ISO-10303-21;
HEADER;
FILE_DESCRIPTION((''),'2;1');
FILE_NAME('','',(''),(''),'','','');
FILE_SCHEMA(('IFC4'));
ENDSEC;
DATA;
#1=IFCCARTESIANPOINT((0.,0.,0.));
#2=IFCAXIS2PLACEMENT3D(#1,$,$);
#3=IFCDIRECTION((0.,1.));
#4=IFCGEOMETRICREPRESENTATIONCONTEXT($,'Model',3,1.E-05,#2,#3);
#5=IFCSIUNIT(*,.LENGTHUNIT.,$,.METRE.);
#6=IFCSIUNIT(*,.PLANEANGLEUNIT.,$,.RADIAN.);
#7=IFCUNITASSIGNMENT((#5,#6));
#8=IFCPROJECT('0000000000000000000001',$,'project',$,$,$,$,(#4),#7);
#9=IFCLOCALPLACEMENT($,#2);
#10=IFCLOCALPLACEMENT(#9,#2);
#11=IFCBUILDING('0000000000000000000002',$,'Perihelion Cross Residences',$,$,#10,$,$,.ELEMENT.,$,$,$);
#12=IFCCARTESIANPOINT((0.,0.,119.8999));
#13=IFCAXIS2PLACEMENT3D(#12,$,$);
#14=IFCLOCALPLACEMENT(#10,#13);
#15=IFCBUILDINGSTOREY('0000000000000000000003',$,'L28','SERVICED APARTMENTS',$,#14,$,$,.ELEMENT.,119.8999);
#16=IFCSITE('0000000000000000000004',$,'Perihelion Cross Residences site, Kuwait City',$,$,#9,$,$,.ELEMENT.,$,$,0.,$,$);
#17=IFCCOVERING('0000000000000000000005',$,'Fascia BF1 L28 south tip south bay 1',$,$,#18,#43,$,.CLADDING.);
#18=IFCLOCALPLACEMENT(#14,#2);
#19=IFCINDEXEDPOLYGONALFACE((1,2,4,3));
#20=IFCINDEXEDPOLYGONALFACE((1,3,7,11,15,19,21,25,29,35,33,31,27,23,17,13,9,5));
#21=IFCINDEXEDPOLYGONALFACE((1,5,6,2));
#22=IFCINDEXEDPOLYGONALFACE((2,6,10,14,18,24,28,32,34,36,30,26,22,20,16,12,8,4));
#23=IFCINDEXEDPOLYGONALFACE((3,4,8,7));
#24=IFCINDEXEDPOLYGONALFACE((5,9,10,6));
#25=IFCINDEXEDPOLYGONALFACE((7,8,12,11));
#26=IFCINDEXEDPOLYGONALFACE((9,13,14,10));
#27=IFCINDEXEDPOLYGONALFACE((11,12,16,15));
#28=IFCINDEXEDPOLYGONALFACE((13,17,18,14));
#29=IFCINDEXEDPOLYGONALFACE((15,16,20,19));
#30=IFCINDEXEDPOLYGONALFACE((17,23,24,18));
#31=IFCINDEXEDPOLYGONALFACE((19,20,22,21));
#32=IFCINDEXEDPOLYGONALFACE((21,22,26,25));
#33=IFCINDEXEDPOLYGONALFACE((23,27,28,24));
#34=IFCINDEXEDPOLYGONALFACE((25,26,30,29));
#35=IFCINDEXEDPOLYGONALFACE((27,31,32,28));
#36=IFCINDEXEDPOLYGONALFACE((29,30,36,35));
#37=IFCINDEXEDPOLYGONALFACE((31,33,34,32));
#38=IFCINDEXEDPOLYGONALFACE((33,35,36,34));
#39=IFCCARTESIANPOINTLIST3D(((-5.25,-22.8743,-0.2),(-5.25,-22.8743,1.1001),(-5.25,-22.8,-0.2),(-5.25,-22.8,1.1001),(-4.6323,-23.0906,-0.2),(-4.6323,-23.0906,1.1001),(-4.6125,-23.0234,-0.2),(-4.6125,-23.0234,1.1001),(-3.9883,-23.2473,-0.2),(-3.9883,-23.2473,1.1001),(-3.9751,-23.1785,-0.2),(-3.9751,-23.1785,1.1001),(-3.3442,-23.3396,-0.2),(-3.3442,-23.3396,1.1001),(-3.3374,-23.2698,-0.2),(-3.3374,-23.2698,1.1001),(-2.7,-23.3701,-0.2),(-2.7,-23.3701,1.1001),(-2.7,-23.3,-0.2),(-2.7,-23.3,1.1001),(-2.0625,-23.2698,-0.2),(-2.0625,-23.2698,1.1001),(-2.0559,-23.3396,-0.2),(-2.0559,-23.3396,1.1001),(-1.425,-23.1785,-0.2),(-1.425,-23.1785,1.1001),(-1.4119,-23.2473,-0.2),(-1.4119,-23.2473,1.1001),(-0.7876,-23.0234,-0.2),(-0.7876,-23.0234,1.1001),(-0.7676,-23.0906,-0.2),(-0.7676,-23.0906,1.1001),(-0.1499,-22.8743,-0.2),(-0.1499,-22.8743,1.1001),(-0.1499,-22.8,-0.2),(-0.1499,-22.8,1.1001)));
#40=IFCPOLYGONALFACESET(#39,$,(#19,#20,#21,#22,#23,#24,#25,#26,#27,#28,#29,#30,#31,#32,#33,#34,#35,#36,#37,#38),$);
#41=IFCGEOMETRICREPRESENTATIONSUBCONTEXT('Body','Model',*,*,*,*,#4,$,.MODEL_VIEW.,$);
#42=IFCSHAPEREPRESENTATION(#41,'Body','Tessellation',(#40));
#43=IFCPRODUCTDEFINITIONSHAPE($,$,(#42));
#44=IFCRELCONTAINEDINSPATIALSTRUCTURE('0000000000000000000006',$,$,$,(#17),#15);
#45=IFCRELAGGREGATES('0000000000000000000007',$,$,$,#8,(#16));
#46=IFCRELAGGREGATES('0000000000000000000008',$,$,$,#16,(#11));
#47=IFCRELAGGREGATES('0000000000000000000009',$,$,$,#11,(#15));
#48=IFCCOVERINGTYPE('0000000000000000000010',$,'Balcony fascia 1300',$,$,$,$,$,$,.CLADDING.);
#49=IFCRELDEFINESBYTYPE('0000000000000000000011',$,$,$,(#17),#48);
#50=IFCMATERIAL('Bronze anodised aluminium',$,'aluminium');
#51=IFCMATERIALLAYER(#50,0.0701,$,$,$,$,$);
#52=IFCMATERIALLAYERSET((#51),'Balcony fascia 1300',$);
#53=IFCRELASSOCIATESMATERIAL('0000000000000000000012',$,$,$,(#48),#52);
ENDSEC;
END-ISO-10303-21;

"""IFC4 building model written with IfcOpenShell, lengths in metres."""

from ifc_helpers import new_model, si_unit, direction, frame, origin, place, context, subcontext, project, spatial, polyline, outline, extrude, material, layer, layer_set, type_object, element, save


model = new_model("IFC4")

# Units and contexts
model_context = context("Model", 3, precision=1e-05, world=origin(), true_north=direction((0.0, 1.0)))
body_context = subcontext(model_context, "Body", "Model", "MODEL_VIEW")
ifc_project = project(units=[si_unit("LENGTHUNIT", "METRE"), si_unit("PLANEANGLEUNIT", "RADIAN")], contexts=[model_context])

# Site, building, storey
site_placement = place(None, origin())
site = spatial("IfcSite", under=ifc_project, at=site_placement, Name="Perihelion Cross Residences site, Kuwait City", CompositionType="ELEMENT", RefElevation=0.0)
building_placement = place(site_placement, origin())
building = spatial("IfcBuilding", under=site, at=building_placement, Name="Perihelion Cross Residences", CompositionType="ELEMENT")
storey_placement = place(building_placement, frame((0.0, 0.0, 119.8999)))
storey = spatial("IfcBuildingStorey", under=building, at=storey_placement, Name="L28", Description="SERVICED APARTMENTS", CompositionType="ELEMENT", Elevation=119.8999)

# Covering
ifc_material_1 = material(Name="Bronze anodised aluminium", Category="aluminium")
ifc_layer_1 = layer(ifc_material_1, 0.0701)
ifc_layer_set_1 = layer_set([ifc_layer_1], Name="Balcony fascia 1300")
covering_type = type_object("IfcCoveringType", Name="Balcony fascia 1300", PredefinedType="CLADDING", material=ifc_layer_set_1)
covering_1_placement = place(storey_placement, frame((0.0, 0.0, -0.2)))
element("IfcCovering", 1, at=covering_1_placement, inside=storey, type_object=covering_type, Name="Fascia BF1 L28 south tip south bay 1", PredefinedType="CLADDING", context=body_context, shape_type="SweptSolid", body=[
    extrude(outline(polyline([(-4.6323, -23.0906), (-3.9883, -23.2473), (-3.3442, -23.3396), (-2.7, -23.3701), (-2.0559, -23.3396), (-1.4119, -23.2473), (-0.7676, -23.0906), (-0.1499, -22.8743), (-0.1499, -22.8), (-0.7876, -23.0234), (-1.425, -23.1785), (-2.0625, -23.2698), (-2.7, -23.3), (-3.3374, -23.2698), (-3.9751, -23.1785), (-4.6125, -23.0234), (-5.25, -22.8), (-5.25, -22.8743), (-4.6323, -23.0906)])), origin(), (0.0, 0.0, 1.0), 1.3),
])

save(model, "model.ifc")
